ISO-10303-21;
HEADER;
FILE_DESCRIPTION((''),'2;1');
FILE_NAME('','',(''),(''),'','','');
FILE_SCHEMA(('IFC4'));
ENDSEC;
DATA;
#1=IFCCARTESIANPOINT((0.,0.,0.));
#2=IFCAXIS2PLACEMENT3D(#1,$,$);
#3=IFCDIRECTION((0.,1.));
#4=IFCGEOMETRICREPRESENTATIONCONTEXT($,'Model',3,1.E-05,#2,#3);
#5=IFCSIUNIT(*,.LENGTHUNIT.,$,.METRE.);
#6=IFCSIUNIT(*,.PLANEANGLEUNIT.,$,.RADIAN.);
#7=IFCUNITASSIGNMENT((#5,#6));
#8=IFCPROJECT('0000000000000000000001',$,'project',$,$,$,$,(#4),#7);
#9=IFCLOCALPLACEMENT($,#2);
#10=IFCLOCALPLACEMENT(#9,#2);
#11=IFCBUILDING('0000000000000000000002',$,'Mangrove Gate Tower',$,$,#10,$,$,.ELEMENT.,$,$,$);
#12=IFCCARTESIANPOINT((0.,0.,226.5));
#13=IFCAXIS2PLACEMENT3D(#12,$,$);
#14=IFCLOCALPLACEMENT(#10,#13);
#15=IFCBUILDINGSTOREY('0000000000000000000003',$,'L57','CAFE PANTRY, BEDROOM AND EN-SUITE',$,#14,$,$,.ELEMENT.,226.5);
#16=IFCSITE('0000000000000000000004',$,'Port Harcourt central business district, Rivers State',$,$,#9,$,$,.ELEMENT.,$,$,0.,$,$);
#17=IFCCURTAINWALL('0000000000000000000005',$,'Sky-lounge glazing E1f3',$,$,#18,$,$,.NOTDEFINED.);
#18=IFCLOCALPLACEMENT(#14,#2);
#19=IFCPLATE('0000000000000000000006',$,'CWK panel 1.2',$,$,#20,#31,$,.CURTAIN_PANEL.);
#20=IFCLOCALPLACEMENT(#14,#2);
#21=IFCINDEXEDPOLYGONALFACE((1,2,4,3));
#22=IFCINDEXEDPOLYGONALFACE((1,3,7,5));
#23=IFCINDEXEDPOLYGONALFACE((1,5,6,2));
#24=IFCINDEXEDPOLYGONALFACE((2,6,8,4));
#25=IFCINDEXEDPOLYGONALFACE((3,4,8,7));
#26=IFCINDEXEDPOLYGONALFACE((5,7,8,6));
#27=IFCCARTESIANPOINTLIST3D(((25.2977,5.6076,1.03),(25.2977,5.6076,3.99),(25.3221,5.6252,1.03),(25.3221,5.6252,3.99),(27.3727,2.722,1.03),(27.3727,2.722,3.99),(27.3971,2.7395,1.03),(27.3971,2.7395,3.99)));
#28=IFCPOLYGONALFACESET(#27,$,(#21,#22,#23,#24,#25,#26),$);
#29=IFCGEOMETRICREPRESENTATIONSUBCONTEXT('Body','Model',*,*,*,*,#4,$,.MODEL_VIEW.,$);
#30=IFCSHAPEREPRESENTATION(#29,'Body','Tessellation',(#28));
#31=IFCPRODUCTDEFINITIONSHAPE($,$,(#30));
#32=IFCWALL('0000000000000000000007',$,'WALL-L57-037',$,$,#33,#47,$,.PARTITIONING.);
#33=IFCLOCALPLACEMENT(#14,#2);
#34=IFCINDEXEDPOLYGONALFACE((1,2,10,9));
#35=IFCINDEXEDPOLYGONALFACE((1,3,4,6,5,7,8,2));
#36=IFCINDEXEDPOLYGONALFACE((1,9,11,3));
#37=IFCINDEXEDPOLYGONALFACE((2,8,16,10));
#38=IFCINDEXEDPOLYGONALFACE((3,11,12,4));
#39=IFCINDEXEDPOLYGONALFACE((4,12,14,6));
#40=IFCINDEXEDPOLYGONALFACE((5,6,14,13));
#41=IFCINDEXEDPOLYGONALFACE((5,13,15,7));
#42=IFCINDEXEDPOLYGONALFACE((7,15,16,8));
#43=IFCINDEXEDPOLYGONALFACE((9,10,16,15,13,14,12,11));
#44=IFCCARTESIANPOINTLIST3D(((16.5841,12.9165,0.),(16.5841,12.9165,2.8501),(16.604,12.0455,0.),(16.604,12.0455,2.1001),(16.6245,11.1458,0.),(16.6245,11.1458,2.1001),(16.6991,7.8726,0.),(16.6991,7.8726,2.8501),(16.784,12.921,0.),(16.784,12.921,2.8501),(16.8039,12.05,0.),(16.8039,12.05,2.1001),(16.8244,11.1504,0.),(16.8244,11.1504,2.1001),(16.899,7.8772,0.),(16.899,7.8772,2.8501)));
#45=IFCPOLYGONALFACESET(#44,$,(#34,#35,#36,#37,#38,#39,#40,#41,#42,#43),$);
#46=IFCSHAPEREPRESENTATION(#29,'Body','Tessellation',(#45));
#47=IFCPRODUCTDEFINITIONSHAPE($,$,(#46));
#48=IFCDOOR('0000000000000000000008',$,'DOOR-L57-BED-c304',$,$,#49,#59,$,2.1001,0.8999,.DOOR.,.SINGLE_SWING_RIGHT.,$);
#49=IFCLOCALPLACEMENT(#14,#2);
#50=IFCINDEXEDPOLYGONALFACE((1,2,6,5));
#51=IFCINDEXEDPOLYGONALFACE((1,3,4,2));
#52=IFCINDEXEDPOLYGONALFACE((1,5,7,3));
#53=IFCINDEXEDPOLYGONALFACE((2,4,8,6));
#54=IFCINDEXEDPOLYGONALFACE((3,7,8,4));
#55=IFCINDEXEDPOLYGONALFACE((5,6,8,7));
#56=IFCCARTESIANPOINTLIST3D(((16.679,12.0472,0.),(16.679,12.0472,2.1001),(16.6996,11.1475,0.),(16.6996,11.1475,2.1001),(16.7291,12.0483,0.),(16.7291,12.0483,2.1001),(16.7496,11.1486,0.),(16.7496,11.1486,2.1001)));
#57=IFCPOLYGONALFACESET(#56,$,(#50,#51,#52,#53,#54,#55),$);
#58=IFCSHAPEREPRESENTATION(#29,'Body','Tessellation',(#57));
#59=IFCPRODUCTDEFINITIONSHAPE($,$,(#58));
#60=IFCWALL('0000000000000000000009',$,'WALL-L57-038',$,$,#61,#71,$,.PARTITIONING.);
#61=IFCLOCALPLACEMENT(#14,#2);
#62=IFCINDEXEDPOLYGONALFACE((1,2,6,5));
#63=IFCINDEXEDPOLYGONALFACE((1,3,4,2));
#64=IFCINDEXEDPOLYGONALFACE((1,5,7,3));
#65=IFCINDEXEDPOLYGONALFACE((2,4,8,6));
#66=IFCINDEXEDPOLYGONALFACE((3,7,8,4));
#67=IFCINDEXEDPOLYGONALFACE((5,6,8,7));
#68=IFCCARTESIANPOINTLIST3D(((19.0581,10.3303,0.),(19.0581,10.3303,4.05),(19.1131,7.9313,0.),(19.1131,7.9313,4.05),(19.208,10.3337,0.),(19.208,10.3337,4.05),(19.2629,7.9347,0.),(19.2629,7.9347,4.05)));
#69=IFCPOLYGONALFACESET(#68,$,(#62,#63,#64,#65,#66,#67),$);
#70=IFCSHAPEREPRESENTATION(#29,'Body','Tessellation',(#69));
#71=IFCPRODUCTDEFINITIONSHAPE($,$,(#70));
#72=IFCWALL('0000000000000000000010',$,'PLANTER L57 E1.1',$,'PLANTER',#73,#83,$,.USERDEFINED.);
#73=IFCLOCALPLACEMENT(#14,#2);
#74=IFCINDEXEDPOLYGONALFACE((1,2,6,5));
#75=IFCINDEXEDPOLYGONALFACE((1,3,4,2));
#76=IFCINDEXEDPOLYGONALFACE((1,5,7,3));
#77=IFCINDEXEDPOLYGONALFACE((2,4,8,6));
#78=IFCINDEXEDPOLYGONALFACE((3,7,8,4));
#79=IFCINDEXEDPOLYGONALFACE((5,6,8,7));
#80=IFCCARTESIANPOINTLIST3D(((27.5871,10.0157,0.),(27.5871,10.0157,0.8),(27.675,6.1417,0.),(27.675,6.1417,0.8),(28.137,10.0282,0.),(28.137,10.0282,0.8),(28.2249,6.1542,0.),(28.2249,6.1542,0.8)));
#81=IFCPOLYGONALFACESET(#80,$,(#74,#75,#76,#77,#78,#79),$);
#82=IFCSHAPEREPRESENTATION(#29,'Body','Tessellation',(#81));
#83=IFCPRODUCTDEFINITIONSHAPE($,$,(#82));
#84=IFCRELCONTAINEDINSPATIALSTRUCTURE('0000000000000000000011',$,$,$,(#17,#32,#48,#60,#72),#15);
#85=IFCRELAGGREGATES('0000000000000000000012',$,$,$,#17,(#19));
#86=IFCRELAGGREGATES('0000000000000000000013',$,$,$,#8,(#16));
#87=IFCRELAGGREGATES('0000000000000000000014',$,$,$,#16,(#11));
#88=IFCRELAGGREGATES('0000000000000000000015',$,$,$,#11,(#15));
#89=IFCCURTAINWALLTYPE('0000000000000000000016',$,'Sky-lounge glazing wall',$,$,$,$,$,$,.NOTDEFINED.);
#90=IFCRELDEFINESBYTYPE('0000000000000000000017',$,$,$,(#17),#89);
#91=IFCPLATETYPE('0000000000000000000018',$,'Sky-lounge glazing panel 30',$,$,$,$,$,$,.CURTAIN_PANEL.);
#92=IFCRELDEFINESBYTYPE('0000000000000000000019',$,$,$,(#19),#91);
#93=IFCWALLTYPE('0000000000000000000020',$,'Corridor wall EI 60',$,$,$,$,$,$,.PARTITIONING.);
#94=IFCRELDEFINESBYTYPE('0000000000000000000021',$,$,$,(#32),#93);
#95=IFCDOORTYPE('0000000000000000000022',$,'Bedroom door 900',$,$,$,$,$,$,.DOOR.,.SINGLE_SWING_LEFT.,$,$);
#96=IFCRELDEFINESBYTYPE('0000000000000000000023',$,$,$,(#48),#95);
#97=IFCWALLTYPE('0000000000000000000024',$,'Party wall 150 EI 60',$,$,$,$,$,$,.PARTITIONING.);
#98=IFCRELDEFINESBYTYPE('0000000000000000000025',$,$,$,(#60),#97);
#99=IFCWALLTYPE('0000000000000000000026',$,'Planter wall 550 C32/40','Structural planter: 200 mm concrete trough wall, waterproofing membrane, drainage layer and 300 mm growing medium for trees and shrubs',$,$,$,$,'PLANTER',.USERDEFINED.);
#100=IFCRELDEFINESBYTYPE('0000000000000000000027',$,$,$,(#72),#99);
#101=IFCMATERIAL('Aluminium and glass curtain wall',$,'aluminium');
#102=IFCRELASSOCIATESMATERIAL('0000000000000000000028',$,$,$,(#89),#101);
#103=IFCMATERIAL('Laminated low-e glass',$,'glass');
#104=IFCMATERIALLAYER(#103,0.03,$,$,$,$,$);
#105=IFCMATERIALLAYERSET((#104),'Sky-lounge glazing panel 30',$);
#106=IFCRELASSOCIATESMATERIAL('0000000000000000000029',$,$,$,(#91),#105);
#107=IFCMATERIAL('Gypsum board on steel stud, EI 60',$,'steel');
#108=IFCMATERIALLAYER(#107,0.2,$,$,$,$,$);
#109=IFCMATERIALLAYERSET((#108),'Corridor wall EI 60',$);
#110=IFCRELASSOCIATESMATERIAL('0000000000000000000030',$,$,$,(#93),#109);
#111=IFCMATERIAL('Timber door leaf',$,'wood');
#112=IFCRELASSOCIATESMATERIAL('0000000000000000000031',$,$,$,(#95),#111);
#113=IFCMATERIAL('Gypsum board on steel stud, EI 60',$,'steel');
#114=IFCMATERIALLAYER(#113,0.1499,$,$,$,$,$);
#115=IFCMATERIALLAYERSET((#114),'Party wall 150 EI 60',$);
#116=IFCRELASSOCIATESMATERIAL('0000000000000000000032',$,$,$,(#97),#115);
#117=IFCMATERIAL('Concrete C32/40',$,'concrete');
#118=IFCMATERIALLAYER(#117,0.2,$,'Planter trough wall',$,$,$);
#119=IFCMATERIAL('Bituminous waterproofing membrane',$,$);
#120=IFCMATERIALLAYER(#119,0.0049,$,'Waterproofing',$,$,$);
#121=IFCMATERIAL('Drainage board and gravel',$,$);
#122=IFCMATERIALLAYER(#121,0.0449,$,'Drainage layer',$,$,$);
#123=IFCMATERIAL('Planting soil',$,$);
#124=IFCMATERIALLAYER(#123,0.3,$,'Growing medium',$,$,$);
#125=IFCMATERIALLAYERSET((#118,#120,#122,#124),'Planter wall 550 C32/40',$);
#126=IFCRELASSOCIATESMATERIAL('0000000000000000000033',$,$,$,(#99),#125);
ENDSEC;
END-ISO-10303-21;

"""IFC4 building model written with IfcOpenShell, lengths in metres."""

from ifc_helpers import new_model, si_unit, direction, frame, frame_2d, origin, origin_2d, place, context, subcontext, project, spatial, rectangle, extrude, material, layer, layer_set, type_object, element, fill, aggregate, save


model = new_model("IFC4")

# Units and contexts
model_context = context("Model", 3, precision=1e-05, world=origin(), true_north=direction((0.0, 1.0)))
body_context = subcontext(model_context, "Body", "Model", "MODEL_VIEW")
ifc_project = project(units=[si_unit("LENGTHUNIT", "METRE"), si_unit("PLANEANGLEUNIT", "RADIAN")], contexts=[model_context])

# Site, building, storey
site_placement = place(None, origin())
site = spatial("IfcSite", under=ifc_project, at=site_placement, Name="Port Harcourt central business district, Rivers State", CompositionType="ELEMENT", RefElevation=0.0)
building_placement = place(site_placement, origin())
building = spatial("IfcBuilding", under=site, at=building_placement, Name="Mangrove Gate Tower", CompositionType="ELEMENT")
storey_placement = place(building_placement, frame((0.0, 0.0, 226.5)))
storey = spatial("IfcBuildingStorey", under=building, at=storey_placement, Name="L57", Description="CAFE PANTRY, BEDROOM AND EN-SUITE", CompositionType="ELEMENT", Elevation=226.5)

# Curtain wall
ifc_material_1 = material(Name="Aluminium and glass curtain wall", Category="aluminium")
curtain_wall_type = type_object("IfcCurtainWallType", Name="Sky-lounge glazing wall", PredefinedType="NOTDEFINED", material=ifc_material_1)
curtain_wall_1_placement = place(storey_placement, origin())
curtain_wall_1 = element("IfcCurtainWall", 1, at=curtain_wall_1_placement, inside=storey, type_object=curtain_wall_type, Name="Sky-lounge glazing E1f3", PredefinedType="NOTDEFINED")

# Plate
ifc_material_2 = material(Name="Laminated low-e glass", Category="glass")
ifc_layer_1 = layer(ifc_material_2, 0.03)
ifc_layer_set_1 = layer_set([ifc_layer_1], Name="Sky-lounge glazing panel 30")
plate_type = type_object("IfcPlateType", Name="Sky-lounge glazing panel 30", PredefinedType="CURTAIN_PANEL", material=ifc_layer_set_1)
plate_1_placement = place(storey_placement, frame((26.3474, 4.1736, 1.03), z_axis=(0.0, 0.0, 1.0), x_axis=(-0.58381, 0.81189, 0.0)))
plate_1 = element("IfcPlate", 2, at=plate_1_placement, type_object=plate_type, Name="CWK panel 1.2", PredefinedType="CURTAIN_PANEL", context=body_context, shape_type="SweptSolid", body=[
    extrude(rectangle(XDim=3.5542, YDim=0.03, at=origin_2d()), origin(), (0.0, 0.0, 1.0), 2.96),
])
aggregate(curtain_wall_1, [plate_1])

# Wall, opening, door
ifc_material_3 = material(Name="Gypsum board on steel stud, EI 60", Category="steel")
ifc_layer_2 = layer(ifc_material_3, 0.2)
ifc_layer_set_2 = layer_set([ifc_layer_2], Name="Corridor wall EI 60")
wall_type_1 = type_object("IfcWallType", Name="Corridor wall EI 60", PredefinedType="PARTITIONING", material=ifc_layer_set_2)
wall_1_placement = place(storey_placement, frame((16.7991, 7.875, 0.0), z_axis=(0.0, 0.0, 1.0), x_axis=(-0.022792, 0.99974, 0.0)))
wall_1 = element("IfcWall", 3, at=wall_1_placement, inside=storey, type_object=wall_type_1, Name="WALL-L57-037", PredefinedType="PARTITIONING", context=body_context, shape_type="SweptSolid", body=[
    extrude(rectangle(XDim=5.0452, YDim=0.2, at=frame_2d((2.5225, 0.0))), origin(), (0.0, 0.0, 1.0), 2.8501),
])
opening_1_placement = place(wall_1_placement, frame((3.2739, 0.0, 0.0)))
opening_1 = element("IfcOpeningElement", 4, at=opening_1_placement, cuts=wall_1, PredefinedType="OPENING", context=body_context, shape_type="SweptSolid", body=[
    extrude(rectangle(XDim=0.8999, YDim=2.1001, at=frame_2d((0.45, 1.05))), frame((0.0, 0.1099, 0.0), z_axis=(0.0, -1.0, 0.0), x_axis=(1.0, 0.0, 0.0)), (0.0, 0.0, 1.0), 0.22),
])
ifc_material_4 = material(Name="Timber door leaf", Category="wood")
door_type_1 = type_object("IfcDoorType", Name="Bedroom door 900", OperationType="SINGLE_SWING_LEFT", PredefinedType="DOOR", material=ifc_material_4)
door_1_placement = place(opening_1_placement, origin())
door_1 = element("IfcDoor", 5, at=door_1_placement, inside=storey, type_object=door_type_1, Name="DOOR-L57-BED-c304", OperationType="SINGLE_SWING_RIGHT", OverallHeight=2.1001, OverallWidth=0.8999, PredefinedType="DOOR", context=body_context, shape_type="SweptSolid", body=[
    extrude(rectangle(XDim=0.8999, YDim=2.1001, at=frame_2d((0.45, 1.05))), frame((0.0, 0.0249, 0.0), z_axis=(0.0, -1.0, 0.0), x_axis=(1.0, 0.0, 0.0)), (0.0, 0.0, 1.0), 0.05),
])
fill(opening_1, door_1)

# Walls
ifc_material_5 = material(Name="Gypsum board on steel stud, EI 60", Category="steel")
ifc_layer_3 = layer(ifc_material_5, 0.1499)
ifc_layer_set_3 = layer_set([ifc_layer_3], Name="Party wall 150 EI 60")
wall_type_2 = type_object("IfcWallType", Name="Party wall 150 EI 60", PredefinedType="PARTITIONING", material=ifc_layer_set_3)
wall_2_placement = place(storey_placement, frame((19.188, 7.9331, 0.0), z_axis=(0.0, 0.0, 1.0), x_axis=(-0.022892, 0.999738, 0.0)))
element("IfcWall", 6, at=wall_2_placement, inside=storey, type_object=wall_type_2, Name="WALL-L57-038", PredefinedType="PARTITIONING", context=body_context, shape_type="SweptSolid", body=[
    extrude(rectangle(XDim=2.3997, YDim=0.1499, at=frame_2d((1.1997, 0.0))), origin(), (0.0, 0.0, 1.0), 4.05),
])
ifc_material_6 = material(Name="Concrete C32/40", Category="concrete")
ifc_layer_4 = layer(ifc_material_6, 0.2, Name="Planter trough wall")
ifc_material_7 = material(Name="Bituminous waterproofing membrane")
ifc_layer_5 = layer(ifc_material_7, 0.0049, Name="Waterproofing")
ifc_material_8 = material(Name="Drainage board and gravel")
ifc_layer_6 = layer(ifc_material_8, 0.0449, Name="Drainage layer")
ifc_material_9 = material(Name="Planting soil")
ifc_layer_7 = layer(ifc_material_9, 0.3, Name="Growing medium")
ifc_layer_set_4 = layer_set([ifc_layer_4, ifc_layer_5, ifc_layer_6, ifc_layer_7], Name="Planter wall 550 C32/40")
wall_type_3 = type_object("IfcWallType", Name="Planter wall 550 C32/40", Description="Structural planter: 200 mm concrete trough wall, waterproofing membrane, drainage layer and 300 mm growing medium for trees and shrubs", ElementType="PLANTER", PredefinedType="USERDEFINED", material=ifc_layer_set_4)
wall_3_placement = place(storey_placement, frame((27.95, 6.1479, 0.0), z_axis=(0.0, 0.0, 1.0), x_axis=(-0.022681, 0.999743, 0.0)))
element("IfcWall", 7, at=wall_3_placement, inside=storey, type_object=wall_type_3, Name="PLANTER L57 E1.1", ObjectType="PLANTER", PredefinedType="USERDEFINED", context=body_context, shape_type="SweptSolid", body=[
    extrude(rectangle(XDim=3.875, YDim=0.55, at=frame_2d((1.9375, 0.0))), origin(), (0.0, 0.0, 1.0), 0.8),
])

save(model, "model.ifc")
